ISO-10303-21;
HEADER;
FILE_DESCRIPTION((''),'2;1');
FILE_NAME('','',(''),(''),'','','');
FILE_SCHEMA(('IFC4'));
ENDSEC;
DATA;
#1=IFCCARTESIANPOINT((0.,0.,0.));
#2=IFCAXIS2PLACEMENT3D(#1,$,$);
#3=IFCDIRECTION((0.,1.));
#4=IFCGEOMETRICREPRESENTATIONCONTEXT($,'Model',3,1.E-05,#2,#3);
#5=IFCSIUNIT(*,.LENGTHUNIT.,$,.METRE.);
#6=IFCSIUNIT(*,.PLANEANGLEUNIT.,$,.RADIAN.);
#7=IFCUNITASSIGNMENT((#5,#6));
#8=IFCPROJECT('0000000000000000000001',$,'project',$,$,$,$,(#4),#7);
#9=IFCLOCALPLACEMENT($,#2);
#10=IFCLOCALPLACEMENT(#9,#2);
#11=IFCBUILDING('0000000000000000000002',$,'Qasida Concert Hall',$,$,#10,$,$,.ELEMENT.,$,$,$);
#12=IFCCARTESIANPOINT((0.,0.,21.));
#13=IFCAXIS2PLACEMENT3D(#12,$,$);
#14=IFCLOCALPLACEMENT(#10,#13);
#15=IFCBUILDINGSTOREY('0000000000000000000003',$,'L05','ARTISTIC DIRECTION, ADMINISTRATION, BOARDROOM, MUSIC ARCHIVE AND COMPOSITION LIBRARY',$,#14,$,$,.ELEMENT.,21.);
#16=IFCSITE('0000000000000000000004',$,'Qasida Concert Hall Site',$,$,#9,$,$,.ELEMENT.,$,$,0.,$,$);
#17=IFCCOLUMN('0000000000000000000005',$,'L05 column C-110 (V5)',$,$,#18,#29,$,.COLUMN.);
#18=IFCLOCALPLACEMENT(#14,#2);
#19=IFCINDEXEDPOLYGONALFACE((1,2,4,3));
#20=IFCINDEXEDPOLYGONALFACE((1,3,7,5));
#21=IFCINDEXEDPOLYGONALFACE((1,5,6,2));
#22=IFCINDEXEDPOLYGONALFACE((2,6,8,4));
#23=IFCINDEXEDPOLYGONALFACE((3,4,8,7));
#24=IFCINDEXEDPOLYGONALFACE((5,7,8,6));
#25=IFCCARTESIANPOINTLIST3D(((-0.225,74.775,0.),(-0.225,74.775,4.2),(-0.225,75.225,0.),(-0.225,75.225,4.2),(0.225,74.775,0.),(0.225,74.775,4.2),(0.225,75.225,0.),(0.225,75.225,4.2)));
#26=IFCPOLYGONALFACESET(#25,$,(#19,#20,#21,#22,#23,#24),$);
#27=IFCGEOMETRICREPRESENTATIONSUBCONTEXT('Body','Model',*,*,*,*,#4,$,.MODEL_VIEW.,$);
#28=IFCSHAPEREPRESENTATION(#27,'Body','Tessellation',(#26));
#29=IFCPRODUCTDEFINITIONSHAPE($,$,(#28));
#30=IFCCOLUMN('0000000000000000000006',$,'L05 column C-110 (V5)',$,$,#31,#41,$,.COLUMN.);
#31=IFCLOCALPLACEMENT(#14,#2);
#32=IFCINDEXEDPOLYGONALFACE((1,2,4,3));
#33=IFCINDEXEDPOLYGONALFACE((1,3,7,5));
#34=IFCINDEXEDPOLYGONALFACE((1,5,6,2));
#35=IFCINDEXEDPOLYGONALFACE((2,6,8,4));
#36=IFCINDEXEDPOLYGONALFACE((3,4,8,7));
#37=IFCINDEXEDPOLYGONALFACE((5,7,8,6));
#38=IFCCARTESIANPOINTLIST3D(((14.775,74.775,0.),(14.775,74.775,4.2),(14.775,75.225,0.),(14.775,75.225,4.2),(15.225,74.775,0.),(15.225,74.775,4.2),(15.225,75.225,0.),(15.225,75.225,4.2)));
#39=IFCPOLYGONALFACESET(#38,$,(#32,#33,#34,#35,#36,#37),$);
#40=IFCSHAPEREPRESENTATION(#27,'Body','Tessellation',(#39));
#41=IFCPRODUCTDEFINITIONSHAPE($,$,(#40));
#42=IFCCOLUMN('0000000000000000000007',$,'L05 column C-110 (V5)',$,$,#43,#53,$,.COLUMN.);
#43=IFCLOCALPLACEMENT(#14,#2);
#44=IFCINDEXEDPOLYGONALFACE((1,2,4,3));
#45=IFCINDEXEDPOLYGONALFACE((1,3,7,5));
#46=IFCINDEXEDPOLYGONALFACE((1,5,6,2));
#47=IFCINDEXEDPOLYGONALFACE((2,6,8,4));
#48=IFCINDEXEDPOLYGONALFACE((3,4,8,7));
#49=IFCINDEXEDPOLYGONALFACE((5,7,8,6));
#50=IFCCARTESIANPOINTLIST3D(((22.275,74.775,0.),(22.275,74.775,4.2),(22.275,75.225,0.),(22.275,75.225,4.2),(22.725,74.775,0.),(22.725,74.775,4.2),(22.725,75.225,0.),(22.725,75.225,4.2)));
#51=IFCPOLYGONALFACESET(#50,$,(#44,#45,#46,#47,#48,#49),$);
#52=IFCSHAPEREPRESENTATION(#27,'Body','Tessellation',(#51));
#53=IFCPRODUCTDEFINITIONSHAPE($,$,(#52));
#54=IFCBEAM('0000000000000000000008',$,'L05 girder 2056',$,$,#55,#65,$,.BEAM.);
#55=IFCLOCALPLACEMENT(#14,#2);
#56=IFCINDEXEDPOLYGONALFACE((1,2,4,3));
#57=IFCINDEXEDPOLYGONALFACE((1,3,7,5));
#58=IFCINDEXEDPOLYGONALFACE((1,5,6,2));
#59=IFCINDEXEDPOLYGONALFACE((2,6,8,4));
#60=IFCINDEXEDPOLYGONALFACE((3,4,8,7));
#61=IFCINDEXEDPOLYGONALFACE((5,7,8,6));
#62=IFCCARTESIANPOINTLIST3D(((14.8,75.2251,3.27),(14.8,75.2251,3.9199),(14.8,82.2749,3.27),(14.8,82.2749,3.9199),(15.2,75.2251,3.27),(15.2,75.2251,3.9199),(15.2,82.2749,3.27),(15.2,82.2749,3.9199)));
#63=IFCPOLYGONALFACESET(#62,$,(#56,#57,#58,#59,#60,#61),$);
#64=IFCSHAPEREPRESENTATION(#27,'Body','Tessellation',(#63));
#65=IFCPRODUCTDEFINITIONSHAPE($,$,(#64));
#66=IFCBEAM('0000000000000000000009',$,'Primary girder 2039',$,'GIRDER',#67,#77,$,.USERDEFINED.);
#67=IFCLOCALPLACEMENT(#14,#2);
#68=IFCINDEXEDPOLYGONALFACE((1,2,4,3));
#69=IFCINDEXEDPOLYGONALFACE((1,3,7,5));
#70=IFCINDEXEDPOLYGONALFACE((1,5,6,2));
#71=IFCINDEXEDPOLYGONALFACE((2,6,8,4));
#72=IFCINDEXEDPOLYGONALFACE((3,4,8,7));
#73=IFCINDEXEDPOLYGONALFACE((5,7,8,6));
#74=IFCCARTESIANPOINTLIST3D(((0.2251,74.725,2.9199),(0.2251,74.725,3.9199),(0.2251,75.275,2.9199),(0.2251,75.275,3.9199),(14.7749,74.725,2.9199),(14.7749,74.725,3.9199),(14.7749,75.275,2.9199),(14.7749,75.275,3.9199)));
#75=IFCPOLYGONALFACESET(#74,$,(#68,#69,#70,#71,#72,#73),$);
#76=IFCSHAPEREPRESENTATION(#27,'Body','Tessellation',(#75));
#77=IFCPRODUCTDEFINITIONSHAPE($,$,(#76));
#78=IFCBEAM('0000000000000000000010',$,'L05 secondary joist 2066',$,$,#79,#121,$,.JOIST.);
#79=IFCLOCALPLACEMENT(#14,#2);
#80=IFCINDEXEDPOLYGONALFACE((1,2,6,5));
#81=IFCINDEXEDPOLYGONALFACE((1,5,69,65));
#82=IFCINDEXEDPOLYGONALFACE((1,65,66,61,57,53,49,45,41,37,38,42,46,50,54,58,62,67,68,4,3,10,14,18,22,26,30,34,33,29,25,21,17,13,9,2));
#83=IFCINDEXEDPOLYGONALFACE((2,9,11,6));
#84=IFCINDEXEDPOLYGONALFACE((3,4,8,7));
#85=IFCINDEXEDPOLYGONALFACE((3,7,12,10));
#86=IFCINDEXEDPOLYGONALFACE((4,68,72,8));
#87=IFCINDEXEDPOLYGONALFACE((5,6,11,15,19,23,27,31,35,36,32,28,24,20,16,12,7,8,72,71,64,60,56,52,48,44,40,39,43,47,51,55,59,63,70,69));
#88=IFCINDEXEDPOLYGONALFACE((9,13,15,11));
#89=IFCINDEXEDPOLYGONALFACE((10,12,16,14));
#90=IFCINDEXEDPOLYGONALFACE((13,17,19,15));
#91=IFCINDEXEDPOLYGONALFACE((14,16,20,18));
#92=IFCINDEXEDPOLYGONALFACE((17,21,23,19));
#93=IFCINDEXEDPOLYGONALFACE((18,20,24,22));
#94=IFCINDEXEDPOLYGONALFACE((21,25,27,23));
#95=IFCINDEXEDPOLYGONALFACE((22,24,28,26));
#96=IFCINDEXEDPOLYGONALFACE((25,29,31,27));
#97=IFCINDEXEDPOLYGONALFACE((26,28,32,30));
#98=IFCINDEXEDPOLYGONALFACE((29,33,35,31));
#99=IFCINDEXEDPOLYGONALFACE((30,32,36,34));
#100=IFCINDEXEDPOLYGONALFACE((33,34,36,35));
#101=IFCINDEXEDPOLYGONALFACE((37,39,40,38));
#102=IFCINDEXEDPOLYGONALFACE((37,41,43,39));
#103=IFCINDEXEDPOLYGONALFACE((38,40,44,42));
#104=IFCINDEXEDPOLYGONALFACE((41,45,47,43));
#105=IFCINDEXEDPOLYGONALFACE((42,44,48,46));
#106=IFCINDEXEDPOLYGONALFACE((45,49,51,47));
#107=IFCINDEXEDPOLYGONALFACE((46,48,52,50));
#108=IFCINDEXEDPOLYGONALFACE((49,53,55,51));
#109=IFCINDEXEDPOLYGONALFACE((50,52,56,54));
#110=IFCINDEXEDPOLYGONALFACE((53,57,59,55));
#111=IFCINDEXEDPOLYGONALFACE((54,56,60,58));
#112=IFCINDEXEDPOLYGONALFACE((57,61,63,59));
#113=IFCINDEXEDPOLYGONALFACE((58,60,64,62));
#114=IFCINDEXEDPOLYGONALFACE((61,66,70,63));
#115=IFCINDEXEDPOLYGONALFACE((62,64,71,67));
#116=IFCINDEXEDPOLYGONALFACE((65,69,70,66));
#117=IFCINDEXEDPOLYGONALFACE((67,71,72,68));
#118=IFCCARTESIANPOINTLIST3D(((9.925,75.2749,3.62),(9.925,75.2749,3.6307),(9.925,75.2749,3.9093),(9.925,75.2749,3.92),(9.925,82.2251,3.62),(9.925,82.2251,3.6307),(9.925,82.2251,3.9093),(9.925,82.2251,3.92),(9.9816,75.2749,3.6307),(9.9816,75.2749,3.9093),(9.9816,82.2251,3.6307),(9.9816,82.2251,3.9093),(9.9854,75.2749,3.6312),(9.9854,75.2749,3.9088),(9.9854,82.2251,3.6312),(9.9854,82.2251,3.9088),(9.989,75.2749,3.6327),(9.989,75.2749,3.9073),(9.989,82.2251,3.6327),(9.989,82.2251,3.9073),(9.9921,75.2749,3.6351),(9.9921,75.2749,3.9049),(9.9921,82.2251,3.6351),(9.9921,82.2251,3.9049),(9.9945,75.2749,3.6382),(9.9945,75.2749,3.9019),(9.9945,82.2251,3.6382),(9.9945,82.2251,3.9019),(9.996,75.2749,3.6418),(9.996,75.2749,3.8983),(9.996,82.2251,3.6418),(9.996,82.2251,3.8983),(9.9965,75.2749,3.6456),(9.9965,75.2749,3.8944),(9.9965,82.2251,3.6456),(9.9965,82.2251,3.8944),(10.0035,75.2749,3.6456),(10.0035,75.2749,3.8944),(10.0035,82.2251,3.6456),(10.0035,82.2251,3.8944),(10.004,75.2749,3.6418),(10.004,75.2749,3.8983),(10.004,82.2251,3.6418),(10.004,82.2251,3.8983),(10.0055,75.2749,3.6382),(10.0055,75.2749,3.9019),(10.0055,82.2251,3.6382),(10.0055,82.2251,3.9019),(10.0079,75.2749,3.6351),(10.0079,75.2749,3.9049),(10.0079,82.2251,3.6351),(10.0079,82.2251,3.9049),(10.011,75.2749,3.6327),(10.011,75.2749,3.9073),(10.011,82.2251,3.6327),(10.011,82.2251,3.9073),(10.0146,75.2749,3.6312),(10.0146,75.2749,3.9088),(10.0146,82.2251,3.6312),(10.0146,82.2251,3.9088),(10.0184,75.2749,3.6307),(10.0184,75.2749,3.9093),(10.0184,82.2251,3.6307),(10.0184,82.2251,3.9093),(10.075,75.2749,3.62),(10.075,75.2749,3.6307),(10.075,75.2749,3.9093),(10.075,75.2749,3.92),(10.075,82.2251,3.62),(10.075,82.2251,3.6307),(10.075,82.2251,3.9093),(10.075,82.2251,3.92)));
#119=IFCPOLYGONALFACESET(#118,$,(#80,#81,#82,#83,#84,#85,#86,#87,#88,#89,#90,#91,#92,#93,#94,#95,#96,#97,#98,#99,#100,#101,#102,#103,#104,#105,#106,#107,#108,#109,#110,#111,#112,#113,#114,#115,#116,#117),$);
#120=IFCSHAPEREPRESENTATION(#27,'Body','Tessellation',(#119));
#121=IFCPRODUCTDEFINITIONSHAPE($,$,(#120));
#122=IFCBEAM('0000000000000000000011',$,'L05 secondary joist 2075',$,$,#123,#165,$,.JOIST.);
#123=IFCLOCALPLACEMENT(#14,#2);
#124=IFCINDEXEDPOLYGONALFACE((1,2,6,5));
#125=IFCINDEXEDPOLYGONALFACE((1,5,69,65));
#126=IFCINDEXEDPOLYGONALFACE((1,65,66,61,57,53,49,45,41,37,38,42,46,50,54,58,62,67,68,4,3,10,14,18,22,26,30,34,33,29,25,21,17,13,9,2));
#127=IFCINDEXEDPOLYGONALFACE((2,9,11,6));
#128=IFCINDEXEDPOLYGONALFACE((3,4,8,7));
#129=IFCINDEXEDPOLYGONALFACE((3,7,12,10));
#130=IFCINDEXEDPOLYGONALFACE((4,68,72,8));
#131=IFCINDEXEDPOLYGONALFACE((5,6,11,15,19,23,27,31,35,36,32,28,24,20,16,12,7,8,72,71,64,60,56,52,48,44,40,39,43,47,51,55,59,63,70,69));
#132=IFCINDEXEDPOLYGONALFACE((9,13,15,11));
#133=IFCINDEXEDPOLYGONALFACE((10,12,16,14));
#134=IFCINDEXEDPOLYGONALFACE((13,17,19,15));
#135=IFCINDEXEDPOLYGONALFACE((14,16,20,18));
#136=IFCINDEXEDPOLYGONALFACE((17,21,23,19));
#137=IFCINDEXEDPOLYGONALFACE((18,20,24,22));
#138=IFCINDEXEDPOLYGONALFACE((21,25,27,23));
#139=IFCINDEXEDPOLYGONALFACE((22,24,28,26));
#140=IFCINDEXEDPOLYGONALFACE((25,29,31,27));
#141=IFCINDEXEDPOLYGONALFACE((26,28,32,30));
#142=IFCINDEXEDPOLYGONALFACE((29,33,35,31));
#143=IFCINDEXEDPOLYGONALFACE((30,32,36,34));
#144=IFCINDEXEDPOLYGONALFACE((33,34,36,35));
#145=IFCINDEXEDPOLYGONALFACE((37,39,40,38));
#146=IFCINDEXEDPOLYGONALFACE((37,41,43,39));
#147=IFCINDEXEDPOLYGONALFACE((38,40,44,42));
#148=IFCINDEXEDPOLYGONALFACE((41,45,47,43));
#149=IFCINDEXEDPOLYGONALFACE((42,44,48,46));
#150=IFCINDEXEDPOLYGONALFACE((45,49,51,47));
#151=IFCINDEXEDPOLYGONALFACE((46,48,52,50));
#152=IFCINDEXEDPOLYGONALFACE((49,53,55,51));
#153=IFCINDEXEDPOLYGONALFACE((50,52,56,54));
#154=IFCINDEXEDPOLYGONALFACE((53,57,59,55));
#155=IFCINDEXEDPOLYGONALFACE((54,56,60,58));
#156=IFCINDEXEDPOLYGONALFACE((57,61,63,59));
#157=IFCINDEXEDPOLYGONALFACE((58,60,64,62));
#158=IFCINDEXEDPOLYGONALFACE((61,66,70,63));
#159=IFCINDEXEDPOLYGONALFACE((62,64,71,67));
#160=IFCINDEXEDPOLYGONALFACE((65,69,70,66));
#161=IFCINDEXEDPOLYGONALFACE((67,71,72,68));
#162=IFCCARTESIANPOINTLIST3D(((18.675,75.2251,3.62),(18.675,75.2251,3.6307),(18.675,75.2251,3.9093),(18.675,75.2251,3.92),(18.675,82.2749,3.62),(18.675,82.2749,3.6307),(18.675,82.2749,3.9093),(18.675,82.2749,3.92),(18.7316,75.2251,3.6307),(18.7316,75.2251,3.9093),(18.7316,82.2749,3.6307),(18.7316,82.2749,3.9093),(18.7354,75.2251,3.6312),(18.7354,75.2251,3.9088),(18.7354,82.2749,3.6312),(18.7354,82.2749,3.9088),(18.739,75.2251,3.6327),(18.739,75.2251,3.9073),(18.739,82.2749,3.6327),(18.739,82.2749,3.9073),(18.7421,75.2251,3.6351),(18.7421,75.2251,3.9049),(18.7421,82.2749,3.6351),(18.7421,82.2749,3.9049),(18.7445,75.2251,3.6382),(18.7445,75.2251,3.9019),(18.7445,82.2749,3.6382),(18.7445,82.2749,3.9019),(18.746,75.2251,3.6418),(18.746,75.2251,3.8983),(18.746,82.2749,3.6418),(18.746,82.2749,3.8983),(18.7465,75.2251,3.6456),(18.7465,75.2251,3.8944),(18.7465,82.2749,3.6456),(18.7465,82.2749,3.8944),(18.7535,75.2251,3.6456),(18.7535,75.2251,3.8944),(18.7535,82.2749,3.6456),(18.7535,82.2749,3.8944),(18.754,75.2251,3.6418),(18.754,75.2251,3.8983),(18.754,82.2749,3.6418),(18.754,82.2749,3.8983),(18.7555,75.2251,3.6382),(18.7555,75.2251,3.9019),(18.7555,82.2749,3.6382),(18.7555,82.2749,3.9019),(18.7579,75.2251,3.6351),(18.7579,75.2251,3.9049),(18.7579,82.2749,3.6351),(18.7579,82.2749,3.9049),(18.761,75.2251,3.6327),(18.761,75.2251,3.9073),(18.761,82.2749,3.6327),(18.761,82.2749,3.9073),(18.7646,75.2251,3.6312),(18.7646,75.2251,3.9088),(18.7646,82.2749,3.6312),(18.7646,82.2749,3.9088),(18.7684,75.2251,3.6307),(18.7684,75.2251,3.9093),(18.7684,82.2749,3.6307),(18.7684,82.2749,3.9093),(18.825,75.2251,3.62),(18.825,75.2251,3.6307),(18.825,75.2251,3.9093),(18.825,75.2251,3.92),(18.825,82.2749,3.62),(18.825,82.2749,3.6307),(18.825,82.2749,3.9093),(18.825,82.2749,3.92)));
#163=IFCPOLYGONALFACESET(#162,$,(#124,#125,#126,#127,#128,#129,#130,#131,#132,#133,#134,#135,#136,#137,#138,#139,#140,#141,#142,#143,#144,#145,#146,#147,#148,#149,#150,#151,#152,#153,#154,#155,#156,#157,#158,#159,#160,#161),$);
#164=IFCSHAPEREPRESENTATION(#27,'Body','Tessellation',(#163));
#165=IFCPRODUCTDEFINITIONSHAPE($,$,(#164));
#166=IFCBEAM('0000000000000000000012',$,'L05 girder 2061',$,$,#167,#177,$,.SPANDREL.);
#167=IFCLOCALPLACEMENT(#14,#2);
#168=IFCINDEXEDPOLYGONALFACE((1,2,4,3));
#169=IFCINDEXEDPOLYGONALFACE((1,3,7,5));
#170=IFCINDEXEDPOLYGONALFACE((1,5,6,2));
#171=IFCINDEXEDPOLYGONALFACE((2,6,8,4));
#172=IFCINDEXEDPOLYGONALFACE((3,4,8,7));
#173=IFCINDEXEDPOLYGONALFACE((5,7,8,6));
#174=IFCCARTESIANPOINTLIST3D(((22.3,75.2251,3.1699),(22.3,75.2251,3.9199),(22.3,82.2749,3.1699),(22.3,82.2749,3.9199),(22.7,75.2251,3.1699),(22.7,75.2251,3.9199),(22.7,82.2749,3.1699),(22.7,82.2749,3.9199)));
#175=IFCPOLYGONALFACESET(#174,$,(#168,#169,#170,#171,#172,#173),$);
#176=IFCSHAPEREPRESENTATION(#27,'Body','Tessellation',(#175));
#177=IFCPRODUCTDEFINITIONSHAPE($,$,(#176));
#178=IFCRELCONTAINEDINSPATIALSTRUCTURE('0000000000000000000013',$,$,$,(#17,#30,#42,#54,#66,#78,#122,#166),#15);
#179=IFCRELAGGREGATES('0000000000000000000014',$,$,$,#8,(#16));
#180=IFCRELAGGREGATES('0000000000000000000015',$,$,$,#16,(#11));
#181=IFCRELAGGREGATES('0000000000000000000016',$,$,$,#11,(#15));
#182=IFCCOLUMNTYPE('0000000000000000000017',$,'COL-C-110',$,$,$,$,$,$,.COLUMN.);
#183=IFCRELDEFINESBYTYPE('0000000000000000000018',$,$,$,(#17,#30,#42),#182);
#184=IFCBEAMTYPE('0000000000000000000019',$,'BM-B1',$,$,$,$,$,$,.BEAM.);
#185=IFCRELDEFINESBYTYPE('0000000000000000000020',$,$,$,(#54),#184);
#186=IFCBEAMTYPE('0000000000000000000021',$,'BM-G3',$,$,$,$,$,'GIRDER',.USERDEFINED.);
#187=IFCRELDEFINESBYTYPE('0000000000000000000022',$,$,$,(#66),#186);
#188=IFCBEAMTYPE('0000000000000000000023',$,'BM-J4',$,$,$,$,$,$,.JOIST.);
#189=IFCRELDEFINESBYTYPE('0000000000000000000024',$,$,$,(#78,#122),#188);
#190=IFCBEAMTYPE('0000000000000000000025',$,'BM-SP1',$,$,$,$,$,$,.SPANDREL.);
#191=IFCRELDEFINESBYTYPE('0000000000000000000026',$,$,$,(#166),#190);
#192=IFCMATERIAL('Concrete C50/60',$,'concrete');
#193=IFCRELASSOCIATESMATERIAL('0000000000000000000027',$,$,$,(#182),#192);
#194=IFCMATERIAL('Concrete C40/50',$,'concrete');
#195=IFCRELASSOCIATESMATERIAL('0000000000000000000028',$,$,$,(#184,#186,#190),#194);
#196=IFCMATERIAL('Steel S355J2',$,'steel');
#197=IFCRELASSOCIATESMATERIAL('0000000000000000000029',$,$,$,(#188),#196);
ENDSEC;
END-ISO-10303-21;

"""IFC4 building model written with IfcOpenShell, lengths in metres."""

from ifc_helpers import new_model, si_unit, direction, frame, origin, origin_2d, place, context, subcontext, project, spatial, rectangle, i_section, extrude, material, material_profile, profile_set, type_object, element, save


model = new_model("IFC4")

# Units and contexts
model_context = context("Model", 3, precision=1e-05, world=origin(), true_north=direction((0.0, 1.0)))
body_context = subcontext(model_context, "Body", "Model", "MODEL_VIEW")
ifc_project = project(units=[si_unit("LENGTHUNIT", "METRE"), si_unit("PLANEANGLEUNIT", "RADIAN")], contexts=[model_context])

# Site, building, storey
site_placement = place(None, origin())
site = spatial("IfcSite", under=ifc_project, at=site_placement, Name="Qasida Concert Hall Site", CompositionType="ELEMENT", RefElevation=0.0)
building_placement = place(site_placement, origin())
building = spatial("IfcBuilding", under=site, at=building_placement, Name="Qasida Concert Hall", CompositionType="ELEMENT")
storey_placement = place(building_placement, frame((0.0, 0.0, 21.0)))
storey = spatial("IfcBuildingStorey", under=building, at=storey_placement, Name="L05", Description="ARTISTIC DIRECTION, ADMINISTRATION, BOARDROOM, MUSIC ARCHIVE AND COMPOSITION LIBRARY", CompositionType="ELEMENT", Elevation=21.0)

# Columns
ifc_material_1 = material(Name="Concrete C50/60", Category="concrete")
ifc_material_profile_1 = material_profile(ifc_material_1, rectangle(XDim=0.45, YDim=0.45, at=origin_2d()), Name="RC 450x450")
ifc_profile_set_1 = profile_set([ifc_material_profile_1], Name="Concrete C50/60")
column_type = type_object("IfcColumnType", Name="COL-C-110", PredefinedType="COLUMN", material=ifc_profile_set_1)
for number, where, z_axis, x_axis, name in (
    (1, (0.0, 75.0, 0.0), (0.0, 0.0, 1.0), (1.0, 0.0, 0.0), "L05 column C-110 (V5)"),
    (2, (15.0, 75.0, 0.0), (0.0, 0.0, 1.0), (1.0, 0.0, 0.0), "L05 column C-110 (V5)"),
    (3, (22.5, 75.0, 0.0), (0.0, 0.0, 1.0), (1.0, 0.0, 0.0), "L05 column C-110 (V5)"),
):
    element("IfcColumn", number, at=place(storey_placement, frame(where, z_axis=z_axis, x_axis=x_axis)), inside=storey, type_object=column_type, Name=name, PredefinedType="COLUMN", context=body_context, shape_type="SweptSolid", body=[
        extrude(rectangle(XDim=0.45, YDim=0.45, at=origin_2d()), origin(), (0.0, 0.0, 1.0), 4.2),
    ])

# Beams
ifc_material_2 = material(Name="Concrete C40/50", Category="concrete")
ifc_material_profile_2 = material_profile(ifc_material_2, rectangle(XDim=0.3999, YDim=0.6499, at=origin_2d()), Name="RC 400x650")
ifc_profile_set_2 = profile_set([ifc_material_profile_2], Name="Concrete C40/50")
beam_type_1 = type_object("IfcBeamType", Name="BM-B1", PredefinedType="BEAM", material=ifc_profile_set_2)
beam_1_placement = place(storey_placement, frame((15.0, 75.2251, 3.595), z_axis=(0.0, 1.0, 0.0), x_axis=(-1.0, 0.0, 0.0)))
element("IfcBeam", 4, at=beam_1_placement, inside=storey, type_object=beam_type_1, Name="L05 girder 2056", PredefinedType="BEAM", context=body_context, shape_type="SweptSolid", body=[
    extrude(rectangle(XDim=0.3999, YDim=0.6499, at=origin_2d()), origin(), (0.0, 0.0, 1.0), 7.0498),
])
ifc_material_profile_3 = material_profile(ifc_material_2, rectangle(XDim=0.55, YDim=1.0, at=origin_2d()), Name="RC 550x1000")
ifc_profile_set_3 = profile_set([ifc_material_profile_3], Name="Concrete C40/50")
beam_type_2 = type_object("IfcBeamType", Name="BM-G3", ElementType="GIRDER", PredefinedType="USERDEFINED", material=ifc_profile_set_3)
beam_2_placement = place(storey_placement, frame((0.2251, 75.0, 3.4199), z_axis=(1.0, 0.0, 0.0), x_axis=(0.0, 1.0, 0.0)))
element("IfcBeam", 5, at=beam_2_placement, inside=storey, type_object=beam_type_2, Name="Primary girder 2039", ObjectType="GIRDER", PredefinedType="USERDEFINED", context=body_context, shape_type="SweptSolid", body=[
    extrude(rectangle(XDim=0.55, YDim=1.0, at=origin_2d()), origin(), (0.0, 0.0, 1.0), 14.5498),
])
ifc_material_3 = material(Name="Steel S355J2", Category="steel")
ifc_material_profile_4 = material_profile(ifc_material_3, i_section(OverallWidth=0.1499, OverallDepth=0.3, WebThickness=0.0071, FlangeThickness=0.0107, FilletRadius=0.0149, at=origin_2d()), Name="IPE 300")
ifc_profile_set_4 = profile_set([ifc_material_profile_4], Name="Steel S355J2")
beam_type_3 = type_object("IfcBeamType", Name="BM-J4", PredefinedType="JOIST", material=ifc_profile_set_4)
beam_3_placement = place(storey_placement, frame((10.0, 75.2749, 3.77), z_axis=(0.0, 1.0, 0.0), x_axis=(-1.0, 0.0, 0.0)))
element("IfcBeam", 6, at=beam_3_placement, inside=storey, type_object=beam_type_3, Name="L05 secondary joist 2066", PredefinedType="JOIST", context=body_context, shape_type="SweptSolid", body=[
    extrude(i_section(OverallWidth=0.1499, OverallDepth=0.3, WebThickness=0.0071, FlangeThickness=0.0107, FilletRadius=0.0149, at=origin_2d()), origin(), (0.0, 0.0, 1.0), 6.9502),
])
beam_4_placement = place(storey_placement, frame((18.75, 75.2251, 3.77), z_axis=(0.0, 1.0, 0.0), x_axis=(-1.0, 0.0, 0.0)))
element("IfcBeam", 7, at=beam_4_placement, inside=storey, type_object=beam_type_3, Name="L05 secondary joist 2075", PredefinedType="JOIST", context=body_context, shape_type="SweptSolid", body=[
    extrude(i_section(OverallWidth=0.1499, OverallDepth=0.3, WebThickness=0.0071, FlangeThickness=0.0107, FilletRadius=0.0149, at=origin_2d()), origin(), (0.0, 0.0, 1.0), 7.0498),
])
ifc_material_profile_5 = material_profile(ifc_material_2, rectangle(XDim=0.3999, YDim=0.75, at=origin_2d()), Name="RC 400x750")
ifc_profile_set_5 = profile_set([ifc_material_profile_5], Name="Concrete C40/50")
beam_type_4 = type_object("IfcBeamType", Name="BM-SP1", PredefinedType="SPANDREL", material=ifc_profile_set_5)
beam_5_placement = place(storey_placement, frame((22.5, 75.2251, 3.5449), z_axis=(0.0, 1.0, 0.0), x_axis=(-1.0, 0.0, 0.0)))
element("IfcBeam", 8, at=beam_5_placement, inside=storey, type_object=beam_type_4, Name="L05 girder 2061", PredefinedType="SPANDREL", context=body_context, shape_type="SweptSolid", body=[
    extrude(rectangle(XDim=0.3999, YDim=0.75, at=origin_2d()), origin(), (0.0, 0.0, 1.0), 7.0498),
])

save(model, "model.ifc")
